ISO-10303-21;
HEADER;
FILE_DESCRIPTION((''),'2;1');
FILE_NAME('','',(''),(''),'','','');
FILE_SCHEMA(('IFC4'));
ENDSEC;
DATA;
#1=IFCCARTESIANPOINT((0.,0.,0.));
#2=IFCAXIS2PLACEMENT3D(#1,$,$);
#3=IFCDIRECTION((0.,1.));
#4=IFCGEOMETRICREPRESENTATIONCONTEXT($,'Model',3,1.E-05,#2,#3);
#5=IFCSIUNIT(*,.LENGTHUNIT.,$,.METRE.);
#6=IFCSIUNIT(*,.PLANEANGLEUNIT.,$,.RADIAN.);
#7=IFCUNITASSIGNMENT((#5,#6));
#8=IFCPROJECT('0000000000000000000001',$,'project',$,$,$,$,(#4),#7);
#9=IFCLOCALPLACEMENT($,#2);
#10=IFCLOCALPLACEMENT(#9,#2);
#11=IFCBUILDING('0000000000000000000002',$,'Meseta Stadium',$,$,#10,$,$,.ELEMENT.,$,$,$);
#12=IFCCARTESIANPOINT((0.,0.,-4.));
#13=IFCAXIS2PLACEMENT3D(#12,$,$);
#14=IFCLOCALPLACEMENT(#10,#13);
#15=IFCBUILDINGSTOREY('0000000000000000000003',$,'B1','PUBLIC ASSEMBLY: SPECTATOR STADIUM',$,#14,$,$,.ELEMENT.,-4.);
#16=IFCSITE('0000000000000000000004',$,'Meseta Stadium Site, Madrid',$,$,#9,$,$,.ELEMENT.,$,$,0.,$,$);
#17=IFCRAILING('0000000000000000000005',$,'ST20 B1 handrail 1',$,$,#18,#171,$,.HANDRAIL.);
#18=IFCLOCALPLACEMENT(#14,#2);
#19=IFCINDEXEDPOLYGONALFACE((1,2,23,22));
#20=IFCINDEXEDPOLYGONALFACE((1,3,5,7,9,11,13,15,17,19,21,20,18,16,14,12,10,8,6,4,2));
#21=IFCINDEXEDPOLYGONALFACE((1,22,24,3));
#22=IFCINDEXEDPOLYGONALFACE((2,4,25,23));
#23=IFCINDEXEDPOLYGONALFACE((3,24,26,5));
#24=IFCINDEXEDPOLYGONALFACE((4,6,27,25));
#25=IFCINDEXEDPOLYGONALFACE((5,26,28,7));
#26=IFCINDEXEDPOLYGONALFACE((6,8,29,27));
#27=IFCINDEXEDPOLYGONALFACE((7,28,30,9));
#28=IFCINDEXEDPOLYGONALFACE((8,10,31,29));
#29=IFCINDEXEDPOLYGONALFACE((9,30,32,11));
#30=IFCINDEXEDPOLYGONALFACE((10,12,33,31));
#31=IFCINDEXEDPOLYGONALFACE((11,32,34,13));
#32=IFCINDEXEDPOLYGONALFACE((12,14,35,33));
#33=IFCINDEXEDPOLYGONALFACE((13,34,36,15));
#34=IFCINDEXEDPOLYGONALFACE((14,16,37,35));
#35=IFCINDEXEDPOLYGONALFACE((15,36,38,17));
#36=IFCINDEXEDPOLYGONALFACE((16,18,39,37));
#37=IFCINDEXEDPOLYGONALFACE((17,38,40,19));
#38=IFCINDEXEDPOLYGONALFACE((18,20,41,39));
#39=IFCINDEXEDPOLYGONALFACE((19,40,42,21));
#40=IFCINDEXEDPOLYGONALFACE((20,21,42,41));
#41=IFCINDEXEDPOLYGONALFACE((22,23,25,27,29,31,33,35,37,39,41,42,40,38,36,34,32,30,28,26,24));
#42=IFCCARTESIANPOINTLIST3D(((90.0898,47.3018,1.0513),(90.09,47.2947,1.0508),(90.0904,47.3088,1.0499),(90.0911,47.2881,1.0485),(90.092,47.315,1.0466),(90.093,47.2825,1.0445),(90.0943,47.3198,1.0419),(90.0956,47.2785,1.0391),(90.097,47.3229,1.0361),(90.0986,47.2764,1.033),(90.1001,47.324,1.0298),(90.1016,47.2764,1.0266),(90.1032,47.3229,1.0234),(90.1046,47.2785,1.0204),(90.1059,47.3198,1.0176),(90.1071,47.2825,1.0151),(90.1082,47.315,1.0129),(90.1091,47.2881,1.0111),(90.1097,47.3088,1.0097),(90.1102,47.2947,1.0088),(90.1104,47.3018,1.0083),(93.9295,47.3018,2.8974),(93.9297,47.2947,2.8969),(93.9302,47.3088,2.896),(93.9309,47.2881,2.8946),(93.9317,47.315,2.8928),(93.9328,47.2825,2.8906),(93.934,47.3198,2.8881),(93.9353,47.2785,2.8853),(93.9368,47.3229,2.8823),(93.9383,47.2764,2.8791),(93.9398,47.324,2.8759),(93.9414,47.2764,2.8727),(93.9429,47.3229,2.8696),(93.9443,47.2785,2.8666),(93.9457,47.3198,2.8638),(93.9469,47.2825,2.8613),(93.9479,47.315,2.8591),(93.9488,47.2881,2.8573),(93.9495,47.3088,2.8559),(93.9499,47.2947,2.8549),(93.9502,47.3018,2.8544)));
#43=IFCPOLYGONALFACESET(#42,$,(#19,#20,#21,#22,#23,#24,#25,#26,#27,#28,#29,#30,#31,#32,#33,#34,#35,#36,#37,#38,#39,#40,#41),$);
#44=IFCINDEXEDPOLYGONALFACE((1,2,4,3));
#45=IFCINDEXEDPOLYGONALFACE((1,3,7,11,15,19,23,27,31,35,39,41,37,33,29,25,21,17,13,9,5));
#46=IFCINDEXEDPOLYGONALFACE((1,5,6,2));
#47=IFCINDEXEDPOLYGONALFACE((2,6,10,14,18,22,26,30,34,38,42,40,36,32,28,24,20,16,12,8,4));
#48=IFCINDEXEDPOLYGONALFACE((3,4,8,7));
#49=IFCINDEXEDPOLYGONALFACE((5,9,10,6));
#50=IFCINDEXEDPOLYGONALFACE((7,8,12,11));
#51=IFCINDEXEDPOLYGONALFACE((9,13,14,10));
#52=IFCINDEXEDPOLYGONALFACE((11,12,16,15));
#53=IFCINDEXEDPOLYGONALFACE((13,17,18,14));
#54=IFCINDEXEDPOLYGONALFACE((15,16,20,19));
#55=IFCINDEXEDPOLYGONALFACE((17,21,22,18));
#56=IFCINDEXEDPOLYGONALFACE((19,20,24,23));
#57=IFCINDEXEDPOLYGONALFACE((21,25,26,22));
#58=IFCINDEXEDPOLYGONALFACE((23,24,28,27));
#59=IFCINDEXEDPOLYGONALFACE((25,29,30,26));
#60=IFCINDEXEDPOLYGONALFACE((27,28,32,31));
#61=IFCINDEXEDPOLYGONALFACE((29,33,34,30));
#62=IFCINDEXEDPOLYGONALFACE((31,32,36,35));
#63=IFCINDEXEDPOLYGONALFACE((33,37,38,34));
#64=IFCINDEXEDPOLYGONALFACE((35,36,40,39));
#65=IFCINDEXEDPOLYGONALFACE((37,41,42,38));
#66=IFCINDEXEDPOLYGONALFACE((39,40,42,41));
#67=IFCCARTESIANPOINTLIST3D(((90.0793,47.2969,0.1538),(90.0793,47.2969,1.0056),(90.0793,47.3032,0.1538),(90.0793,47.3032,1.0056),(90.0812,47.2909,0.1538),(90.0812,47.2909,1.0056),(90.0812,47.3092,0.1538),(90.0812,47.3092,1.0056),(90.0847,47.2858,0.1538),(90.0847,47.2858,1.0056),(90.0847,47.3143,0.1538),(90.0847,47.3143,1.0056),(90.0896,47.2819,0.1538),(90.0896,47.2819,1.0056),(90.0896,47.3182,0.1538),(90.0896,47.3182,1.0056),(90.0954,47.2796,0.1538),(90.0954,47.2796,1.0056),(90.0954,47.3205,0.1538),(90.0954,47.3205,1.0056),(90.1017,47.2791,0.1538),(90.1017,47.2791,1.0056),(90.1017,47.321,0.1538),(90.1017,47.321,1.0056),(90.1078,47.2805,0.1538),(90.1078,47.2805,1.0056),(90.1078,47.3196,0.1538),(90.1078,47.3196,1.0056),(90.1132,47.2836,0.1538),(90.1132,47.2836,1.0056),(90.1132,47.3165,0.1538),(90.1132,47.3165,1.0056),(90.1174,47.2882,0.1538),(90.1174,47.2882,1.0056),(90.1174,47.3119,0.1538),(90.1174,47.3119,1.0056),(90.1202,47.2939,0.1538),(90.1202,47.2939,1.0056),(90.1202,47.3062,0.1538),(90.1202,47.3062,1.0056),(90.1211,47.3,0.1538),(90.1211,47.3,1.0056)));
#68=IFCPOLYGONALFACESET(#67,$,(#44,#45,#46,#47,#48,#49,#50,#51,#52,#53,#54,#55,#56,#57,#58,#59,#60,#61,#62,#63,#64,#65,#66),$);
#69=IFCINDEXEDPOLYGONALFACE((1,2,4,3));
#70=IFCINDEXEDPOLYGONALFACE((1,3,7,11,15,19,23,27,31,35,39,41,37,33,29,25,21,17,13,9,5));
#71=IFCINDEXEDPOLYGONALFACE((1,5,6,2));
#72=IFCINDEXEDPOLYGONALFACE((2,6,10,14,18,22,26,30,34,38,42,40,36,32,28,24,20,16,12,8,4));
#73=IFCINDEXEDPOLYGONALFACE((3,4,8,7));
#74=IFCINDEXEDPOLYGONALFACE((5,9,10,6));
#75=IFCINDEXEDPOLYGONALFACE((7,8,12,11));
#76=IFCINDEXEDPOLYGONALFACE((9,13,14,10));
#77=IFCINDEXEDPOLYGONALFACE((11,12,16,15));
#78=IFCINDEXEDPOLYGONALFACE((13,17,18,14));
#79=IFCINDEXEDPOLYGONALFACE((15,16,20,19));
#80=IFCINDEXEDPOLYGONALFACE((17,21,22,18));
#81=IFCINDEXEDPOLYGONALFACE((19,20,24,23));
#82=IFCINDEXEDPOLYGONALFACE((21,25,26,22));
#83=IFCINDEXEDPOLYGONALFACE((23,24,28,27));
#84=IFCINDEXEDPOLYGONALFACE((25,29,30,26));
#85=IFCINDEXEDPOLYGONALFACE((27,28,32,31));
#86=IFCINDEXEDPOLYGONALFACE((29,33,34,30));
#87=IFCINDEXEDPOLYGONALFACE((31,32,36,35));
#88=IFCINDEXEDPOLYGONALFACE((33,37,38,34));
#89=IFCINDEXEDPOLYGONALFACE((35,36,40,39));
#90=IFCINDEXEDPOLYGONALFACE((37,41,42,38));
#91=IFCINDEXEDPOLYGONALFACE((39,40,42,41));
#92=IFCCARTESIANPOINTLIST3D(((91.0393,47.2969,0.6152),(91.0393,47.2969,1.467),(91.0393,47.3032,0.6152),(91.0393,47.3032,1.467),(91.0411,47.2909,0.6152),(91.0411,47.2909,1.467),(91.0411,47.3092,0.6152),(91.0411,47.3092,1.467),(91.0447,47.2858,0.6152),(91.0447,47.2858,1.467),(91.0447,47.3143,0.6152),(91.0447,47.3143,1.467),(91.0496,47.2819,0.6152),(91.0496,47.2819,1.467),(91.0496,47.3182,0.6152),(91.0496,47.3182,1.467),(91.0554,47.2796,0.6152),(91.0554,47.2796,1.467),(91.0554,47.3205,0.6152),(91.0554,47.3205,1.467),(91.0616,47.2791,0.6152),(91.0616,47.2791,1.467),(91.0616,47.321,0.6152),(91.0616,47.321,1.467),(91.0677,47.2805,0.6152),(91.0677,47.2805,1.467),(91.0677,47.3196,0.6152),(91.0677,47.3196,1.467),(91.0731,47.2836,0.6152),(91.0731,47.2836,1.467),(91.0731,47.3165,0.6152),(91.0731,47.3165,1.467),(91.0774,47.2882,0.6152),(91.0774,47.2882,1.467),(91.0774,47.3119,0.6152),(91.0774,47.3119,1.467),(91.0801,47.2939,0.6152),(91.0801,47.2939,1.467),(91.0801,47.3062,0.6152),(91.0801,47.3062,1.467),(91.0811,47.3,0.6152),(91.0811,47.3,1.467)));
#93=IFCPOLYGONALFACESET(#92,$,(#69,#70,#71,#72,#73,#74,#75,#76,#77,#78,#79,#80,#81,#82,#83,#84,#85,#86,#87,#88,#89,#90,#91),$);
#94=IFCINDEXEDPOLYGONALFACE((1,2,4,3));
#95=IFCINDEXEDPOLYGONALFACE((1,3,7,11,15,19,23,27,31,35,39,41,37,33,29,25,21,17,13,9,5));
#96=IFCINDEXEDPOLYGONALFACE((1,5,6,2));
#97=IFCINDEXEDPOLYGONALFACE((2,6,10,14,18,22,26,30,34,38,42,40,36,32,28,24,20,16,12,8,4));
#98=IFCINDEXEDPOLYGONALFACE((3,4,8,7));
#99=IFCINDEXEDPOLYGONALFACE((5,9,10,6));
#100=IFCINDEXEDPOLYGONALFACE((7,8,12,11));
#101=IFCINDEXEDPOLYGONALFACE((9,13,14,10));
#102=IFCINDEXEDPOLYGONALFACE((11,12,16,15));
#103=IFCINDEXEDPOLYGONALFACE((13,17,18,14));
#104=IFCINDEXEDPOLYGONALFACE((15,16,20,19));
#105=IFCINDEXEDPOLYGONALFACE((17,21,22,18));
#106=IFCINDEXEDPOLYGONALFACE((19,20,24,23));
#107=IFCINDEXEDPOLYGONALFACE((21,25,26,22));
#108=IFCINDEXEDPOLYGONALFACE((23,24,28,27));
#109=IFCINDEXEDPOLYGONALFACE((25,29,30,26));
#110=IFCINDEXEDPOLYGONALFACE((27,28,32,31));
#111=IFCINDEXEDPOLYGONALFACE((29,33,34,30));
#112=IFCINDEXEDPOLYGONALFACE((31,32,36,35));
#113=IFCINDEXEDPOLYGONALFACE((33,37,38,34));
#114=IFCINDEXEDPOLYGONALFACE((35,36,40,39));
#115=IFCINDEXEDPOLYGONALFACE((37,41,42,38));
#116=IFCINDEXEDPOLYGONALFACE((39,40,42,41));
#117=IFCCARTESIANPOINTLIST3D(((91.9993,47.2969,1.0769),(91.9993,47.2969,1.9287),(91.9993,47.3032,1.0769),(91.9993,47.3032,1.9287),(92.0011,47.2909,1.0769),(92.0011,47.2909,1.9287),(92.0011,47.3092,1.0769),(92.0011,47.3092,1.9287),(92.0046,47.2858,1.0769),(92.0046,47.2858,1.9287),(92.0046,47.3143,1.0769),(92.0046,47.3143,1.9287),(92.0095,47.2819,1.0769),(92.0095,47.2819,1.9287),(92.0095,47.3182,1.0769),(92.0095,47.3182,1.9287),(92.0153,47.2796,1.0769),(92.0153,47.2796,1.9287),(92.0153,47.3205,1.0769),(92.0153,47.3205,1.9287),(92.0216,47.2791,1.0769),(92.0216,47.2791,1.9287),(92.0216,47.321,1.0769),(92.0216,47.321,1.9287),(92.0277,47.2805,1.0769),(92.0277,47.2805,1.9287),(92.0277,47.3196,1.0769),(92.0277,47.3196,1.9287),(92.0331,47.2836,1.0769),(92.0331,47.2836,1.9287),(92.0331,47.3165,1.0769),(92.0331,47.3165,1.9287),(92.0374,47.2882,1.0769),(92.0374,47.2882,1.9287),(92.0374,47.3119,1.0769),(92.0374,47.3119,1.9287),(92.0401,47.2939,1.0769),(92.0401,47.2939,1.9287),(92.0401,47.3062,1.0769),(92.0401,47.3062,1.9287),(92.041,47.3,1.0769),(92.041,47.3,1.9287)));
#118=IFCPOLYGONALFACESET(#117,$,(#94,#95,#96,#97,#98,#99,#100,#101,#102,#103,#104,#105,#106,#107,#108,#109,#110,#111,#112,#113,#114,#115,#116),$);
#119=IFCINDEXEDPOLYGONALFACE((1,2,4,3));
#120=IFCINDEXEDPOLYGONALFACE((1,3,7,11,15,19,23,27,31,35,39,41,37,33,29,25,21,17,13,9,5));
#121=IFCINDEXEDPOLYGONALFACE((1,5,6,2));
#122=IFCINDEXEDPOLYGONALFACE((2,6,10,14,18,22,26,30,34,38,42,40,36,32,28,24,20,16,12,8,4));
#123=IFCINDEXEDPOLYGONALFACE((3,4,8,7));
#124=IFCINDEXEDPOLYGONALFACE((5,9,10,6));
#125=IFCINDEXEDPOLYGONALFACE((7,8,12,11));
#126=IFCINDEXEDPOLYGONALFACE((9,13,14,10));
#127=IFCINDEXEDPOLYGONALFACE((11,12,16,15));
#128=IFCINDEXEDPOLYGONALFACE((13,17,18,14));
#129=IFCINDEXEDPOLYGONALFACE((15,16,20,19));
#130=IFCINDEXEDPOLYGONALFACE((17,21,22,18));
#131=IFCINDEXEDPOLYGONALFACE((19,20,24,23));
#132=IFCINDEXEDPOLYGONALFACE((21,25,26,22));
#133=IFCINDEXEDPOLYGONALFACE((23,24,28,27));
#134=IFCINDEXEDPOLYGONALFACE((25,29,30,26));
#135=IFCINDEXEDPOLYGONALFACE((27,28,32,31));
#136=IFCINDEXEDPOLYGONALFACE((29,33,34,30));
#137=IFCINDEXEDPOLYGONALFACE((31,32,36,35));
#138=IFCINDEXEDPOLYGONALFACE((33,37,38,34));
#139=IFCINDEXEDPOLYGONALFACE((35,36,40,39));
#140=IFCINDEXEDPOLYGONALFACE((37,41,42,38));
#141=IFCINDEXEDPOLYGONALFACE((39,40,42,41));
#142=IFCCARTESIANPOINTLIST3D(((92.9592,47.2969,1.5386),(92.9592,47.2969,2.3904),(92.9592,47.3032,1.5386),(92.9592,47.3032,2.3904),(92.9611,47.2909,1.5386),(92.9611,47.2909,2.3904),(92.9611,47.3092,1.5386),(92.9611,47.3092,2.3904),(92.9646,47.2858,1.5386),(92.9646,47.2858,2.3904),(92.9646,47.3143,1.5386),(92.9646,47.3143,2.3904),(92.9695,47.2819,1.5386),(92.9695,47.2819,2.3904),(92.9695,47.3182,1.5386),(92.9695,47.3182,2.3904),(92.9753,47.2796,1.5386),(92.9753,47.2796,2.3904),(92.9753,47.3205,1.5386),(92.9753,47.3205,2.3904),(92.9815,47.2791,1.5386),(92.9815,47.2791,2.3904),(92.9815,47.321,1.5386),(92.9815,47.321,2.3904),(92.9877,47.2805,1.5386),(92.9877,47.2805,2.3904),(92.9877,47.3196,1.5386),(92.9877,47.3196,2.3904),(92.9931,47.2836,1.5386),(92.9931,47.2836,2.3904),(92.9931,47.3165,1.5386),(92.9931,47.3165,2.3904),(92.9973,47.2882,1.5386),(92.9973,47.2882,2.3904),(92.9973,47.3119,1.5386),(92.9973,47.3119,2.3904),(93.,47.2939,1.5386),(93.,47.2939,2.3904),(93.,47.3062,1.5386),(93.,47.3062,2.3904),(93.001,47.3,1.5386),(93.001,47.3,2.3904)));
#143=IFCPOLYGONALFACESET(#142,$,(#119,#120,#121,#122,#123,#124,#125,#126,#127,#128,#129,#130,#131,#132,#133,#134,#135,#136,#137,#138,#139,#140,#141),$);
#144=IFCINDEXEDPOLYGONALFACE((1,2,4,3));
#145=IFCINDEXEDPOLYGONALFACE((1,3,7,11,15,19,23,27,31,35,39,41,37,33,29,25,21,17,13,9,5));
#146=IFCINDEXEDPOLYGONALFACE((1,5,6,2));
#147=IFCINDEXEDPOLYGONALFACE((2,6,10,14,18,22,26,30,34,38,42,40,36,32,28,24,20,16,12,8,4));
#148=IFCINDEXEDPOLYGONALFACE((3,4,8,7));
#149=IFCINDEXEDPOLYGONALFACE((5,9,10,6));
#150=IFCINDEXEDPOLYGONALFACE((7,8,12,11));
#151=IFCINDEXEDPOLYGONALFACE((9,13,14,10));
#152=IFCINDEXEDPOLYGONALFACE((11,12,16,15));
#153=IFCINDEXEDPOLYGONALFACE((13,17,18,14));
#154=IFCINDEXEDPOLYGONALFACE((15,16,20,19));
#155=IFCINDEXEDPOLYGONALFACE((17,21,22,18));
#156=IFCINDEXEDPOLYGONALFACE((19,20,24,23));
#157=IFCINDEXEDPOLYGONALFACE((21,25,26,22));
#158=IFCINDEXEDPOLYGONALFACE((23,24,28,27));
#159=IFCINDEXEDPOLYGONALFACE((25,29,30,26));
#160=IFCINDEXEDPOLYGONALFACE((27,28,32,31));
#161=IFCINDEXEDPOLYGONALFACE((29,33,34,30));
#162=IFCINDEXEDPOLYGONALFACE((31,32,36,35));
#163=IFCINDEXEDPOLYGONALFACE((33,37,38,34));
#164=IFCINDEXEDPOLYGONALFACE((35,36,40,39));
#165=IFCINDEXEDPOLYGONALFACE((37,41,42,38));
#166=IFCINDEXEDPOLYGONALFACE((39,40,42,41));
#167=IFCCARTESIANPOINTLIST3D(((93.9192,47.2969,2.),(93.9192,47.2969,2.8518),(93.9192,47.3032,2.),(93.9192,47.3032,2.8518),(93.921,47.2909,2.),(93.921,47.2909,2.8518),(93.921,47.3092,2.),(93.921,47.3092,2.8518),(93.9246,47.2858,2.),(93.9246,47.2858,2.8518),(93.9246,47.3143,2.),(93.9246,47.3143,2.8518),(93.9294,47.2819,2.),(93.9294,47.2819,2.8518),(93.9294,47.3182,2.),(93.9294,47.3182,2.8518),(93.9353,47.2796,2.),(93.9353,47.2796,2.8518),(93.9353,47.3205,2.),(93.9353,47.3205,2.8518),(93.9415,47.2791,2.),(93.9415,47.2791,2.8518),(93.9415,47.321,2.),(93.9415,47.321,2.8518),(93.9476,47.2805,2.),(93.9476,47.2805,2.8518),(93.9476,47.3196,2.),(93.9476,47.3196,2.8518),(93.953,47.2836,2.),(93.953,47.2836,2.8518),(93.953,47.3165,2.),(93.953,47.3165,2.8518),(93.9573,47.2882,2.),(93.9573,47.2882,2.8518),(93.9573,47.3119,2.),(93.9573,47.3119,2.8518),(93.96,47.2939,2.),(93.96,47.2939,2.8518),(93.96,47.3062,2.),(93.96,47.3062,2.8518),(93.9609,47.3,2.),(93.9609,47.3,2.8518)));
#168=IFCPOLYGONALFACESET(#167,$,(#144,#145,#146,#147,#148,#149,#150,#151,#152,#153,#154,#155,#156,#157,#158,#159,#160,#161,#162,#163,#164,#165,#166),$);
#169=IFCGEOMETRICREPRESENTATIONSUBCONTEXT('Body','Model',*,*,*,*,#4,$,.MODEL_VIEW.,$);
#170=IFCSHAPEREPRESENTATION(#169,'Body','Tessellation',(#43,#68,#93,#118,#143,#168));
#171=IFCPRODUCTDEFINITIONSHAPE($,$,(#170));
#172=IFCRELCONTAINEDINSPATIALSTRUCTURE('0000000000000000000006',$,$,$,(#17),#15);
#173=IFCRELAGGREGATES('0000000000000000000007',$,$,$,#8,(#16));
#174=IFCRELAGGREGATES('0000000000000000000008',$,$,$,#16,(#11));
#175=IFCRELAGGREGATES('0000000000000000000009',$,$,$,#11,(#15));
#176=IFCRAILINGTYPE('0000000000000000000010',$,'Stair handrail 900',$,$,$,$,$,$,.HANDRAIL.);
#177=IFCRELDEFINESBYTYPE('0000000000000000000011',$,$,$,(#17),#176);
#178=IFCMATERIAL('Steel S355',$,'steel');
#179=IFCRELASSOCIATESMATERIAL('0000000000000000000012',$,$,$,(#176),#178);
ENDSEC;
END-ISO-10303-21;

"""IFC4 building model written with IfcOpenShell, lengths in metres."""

from ifc_helpers import new_model, si_unit, direction, frame, origin, origin_2d, place, context, subcontext, project, spatial, circle, extrude, material, type_object, element, save


model = new_model("IFC4")

# Units and contexts
model_context = context("Model", 3, precision=1e-05, world=origin(), true_north=direction((0.0, 1.0)))
body_context = subcontext(model_context, "Body", "Model", "MODEL_VIEW")
ifc_project = project(units=[si_unit("LENGTHUNIT", "METRE"), si_unit("PLANEANGLEUNIT", "RADIAN")], contexts=[model_context])

# Site, building, storey
site_placement = place(None, origin())
site = spatial("IfcSite", under=ifc_project, at=site_placement, Name="Meseta Stadium Site, Madrid", CompositionType="ELEMENT", RefElevation=0.0)
building_placement = place(site_placement, origin())
building = spatial("IfcBuilding", under=site, at=building_placement, Name="Meseta Stadium", CompositionType="ELEMENT")
storey_placement = place(building_placement, frame((0.0, 0.0, -4.0)))
storey = spatial("IfcBuildingStorey", under=building, at=storey_placement, Name="B1", Description="PUBLIC ASSEMBLY: SPECTATOR STADIUM", CompositionType="ELEMENT", Elevation=-4.0)

# Railing
ifc_material_1 = material(Name="Steel S355", Category="steel")
railing_type_1 = type_object("IfcRailingType", Name="Stair handrail 900", PredefinedType="HANDRAIL", material=ifc_material_1)
for number, where, name in (
    (1, (90.1001, 47.3, 0.1538), "ST20 B1 handrail 1"),
):
    element("IfcRailing", number, at=place(storey_placement, frame(where)), inside=storey, type_object=railing_type_1, Name=name, PredefinedType="HANDRAIL", context=body_context, shape_type="SweptSolid", body=[
        extrude(circle(Radius=0.0239, at=origin_2d()), frame((0.0, 0.0, 0.876), z_axis=(0.901242, 0.0, 0.433316), x_axis=(0.0, 1.0, 0.0)), (0.0, 0.0, 1.0), 4.2605),
        extrude(circle(Radius=0.021, at=origin_2d()), origin(), (0.0, 0.0, 1.0), 0.8518),
        extrude(circle(Radius=0.021, at=origin_2d()), frame((0.96, 0.0, 0.4614)), (0.0, 0.0, 1.0), 0.8518),
        extrude(circle(Radius=0.021, at=origin_2d()), frame((1.9199, 0.0, 0.9231)), (0.0, 0.0, 1.0), 0.8518),
        extrude(circle(Radius=0.021, at=origin_2d()), frame((2.8799, 0.0, 1.3848)), (0.0, 0.0, 1.0), 0.8518),
        extrude(circle(Radius=0.021, at=origin_2d()), frame((3.8398, 0.0, 1.8462)), (0.0, 0.0, 1.0), 0.8518),
    ])

save(model, "model.ifc")
